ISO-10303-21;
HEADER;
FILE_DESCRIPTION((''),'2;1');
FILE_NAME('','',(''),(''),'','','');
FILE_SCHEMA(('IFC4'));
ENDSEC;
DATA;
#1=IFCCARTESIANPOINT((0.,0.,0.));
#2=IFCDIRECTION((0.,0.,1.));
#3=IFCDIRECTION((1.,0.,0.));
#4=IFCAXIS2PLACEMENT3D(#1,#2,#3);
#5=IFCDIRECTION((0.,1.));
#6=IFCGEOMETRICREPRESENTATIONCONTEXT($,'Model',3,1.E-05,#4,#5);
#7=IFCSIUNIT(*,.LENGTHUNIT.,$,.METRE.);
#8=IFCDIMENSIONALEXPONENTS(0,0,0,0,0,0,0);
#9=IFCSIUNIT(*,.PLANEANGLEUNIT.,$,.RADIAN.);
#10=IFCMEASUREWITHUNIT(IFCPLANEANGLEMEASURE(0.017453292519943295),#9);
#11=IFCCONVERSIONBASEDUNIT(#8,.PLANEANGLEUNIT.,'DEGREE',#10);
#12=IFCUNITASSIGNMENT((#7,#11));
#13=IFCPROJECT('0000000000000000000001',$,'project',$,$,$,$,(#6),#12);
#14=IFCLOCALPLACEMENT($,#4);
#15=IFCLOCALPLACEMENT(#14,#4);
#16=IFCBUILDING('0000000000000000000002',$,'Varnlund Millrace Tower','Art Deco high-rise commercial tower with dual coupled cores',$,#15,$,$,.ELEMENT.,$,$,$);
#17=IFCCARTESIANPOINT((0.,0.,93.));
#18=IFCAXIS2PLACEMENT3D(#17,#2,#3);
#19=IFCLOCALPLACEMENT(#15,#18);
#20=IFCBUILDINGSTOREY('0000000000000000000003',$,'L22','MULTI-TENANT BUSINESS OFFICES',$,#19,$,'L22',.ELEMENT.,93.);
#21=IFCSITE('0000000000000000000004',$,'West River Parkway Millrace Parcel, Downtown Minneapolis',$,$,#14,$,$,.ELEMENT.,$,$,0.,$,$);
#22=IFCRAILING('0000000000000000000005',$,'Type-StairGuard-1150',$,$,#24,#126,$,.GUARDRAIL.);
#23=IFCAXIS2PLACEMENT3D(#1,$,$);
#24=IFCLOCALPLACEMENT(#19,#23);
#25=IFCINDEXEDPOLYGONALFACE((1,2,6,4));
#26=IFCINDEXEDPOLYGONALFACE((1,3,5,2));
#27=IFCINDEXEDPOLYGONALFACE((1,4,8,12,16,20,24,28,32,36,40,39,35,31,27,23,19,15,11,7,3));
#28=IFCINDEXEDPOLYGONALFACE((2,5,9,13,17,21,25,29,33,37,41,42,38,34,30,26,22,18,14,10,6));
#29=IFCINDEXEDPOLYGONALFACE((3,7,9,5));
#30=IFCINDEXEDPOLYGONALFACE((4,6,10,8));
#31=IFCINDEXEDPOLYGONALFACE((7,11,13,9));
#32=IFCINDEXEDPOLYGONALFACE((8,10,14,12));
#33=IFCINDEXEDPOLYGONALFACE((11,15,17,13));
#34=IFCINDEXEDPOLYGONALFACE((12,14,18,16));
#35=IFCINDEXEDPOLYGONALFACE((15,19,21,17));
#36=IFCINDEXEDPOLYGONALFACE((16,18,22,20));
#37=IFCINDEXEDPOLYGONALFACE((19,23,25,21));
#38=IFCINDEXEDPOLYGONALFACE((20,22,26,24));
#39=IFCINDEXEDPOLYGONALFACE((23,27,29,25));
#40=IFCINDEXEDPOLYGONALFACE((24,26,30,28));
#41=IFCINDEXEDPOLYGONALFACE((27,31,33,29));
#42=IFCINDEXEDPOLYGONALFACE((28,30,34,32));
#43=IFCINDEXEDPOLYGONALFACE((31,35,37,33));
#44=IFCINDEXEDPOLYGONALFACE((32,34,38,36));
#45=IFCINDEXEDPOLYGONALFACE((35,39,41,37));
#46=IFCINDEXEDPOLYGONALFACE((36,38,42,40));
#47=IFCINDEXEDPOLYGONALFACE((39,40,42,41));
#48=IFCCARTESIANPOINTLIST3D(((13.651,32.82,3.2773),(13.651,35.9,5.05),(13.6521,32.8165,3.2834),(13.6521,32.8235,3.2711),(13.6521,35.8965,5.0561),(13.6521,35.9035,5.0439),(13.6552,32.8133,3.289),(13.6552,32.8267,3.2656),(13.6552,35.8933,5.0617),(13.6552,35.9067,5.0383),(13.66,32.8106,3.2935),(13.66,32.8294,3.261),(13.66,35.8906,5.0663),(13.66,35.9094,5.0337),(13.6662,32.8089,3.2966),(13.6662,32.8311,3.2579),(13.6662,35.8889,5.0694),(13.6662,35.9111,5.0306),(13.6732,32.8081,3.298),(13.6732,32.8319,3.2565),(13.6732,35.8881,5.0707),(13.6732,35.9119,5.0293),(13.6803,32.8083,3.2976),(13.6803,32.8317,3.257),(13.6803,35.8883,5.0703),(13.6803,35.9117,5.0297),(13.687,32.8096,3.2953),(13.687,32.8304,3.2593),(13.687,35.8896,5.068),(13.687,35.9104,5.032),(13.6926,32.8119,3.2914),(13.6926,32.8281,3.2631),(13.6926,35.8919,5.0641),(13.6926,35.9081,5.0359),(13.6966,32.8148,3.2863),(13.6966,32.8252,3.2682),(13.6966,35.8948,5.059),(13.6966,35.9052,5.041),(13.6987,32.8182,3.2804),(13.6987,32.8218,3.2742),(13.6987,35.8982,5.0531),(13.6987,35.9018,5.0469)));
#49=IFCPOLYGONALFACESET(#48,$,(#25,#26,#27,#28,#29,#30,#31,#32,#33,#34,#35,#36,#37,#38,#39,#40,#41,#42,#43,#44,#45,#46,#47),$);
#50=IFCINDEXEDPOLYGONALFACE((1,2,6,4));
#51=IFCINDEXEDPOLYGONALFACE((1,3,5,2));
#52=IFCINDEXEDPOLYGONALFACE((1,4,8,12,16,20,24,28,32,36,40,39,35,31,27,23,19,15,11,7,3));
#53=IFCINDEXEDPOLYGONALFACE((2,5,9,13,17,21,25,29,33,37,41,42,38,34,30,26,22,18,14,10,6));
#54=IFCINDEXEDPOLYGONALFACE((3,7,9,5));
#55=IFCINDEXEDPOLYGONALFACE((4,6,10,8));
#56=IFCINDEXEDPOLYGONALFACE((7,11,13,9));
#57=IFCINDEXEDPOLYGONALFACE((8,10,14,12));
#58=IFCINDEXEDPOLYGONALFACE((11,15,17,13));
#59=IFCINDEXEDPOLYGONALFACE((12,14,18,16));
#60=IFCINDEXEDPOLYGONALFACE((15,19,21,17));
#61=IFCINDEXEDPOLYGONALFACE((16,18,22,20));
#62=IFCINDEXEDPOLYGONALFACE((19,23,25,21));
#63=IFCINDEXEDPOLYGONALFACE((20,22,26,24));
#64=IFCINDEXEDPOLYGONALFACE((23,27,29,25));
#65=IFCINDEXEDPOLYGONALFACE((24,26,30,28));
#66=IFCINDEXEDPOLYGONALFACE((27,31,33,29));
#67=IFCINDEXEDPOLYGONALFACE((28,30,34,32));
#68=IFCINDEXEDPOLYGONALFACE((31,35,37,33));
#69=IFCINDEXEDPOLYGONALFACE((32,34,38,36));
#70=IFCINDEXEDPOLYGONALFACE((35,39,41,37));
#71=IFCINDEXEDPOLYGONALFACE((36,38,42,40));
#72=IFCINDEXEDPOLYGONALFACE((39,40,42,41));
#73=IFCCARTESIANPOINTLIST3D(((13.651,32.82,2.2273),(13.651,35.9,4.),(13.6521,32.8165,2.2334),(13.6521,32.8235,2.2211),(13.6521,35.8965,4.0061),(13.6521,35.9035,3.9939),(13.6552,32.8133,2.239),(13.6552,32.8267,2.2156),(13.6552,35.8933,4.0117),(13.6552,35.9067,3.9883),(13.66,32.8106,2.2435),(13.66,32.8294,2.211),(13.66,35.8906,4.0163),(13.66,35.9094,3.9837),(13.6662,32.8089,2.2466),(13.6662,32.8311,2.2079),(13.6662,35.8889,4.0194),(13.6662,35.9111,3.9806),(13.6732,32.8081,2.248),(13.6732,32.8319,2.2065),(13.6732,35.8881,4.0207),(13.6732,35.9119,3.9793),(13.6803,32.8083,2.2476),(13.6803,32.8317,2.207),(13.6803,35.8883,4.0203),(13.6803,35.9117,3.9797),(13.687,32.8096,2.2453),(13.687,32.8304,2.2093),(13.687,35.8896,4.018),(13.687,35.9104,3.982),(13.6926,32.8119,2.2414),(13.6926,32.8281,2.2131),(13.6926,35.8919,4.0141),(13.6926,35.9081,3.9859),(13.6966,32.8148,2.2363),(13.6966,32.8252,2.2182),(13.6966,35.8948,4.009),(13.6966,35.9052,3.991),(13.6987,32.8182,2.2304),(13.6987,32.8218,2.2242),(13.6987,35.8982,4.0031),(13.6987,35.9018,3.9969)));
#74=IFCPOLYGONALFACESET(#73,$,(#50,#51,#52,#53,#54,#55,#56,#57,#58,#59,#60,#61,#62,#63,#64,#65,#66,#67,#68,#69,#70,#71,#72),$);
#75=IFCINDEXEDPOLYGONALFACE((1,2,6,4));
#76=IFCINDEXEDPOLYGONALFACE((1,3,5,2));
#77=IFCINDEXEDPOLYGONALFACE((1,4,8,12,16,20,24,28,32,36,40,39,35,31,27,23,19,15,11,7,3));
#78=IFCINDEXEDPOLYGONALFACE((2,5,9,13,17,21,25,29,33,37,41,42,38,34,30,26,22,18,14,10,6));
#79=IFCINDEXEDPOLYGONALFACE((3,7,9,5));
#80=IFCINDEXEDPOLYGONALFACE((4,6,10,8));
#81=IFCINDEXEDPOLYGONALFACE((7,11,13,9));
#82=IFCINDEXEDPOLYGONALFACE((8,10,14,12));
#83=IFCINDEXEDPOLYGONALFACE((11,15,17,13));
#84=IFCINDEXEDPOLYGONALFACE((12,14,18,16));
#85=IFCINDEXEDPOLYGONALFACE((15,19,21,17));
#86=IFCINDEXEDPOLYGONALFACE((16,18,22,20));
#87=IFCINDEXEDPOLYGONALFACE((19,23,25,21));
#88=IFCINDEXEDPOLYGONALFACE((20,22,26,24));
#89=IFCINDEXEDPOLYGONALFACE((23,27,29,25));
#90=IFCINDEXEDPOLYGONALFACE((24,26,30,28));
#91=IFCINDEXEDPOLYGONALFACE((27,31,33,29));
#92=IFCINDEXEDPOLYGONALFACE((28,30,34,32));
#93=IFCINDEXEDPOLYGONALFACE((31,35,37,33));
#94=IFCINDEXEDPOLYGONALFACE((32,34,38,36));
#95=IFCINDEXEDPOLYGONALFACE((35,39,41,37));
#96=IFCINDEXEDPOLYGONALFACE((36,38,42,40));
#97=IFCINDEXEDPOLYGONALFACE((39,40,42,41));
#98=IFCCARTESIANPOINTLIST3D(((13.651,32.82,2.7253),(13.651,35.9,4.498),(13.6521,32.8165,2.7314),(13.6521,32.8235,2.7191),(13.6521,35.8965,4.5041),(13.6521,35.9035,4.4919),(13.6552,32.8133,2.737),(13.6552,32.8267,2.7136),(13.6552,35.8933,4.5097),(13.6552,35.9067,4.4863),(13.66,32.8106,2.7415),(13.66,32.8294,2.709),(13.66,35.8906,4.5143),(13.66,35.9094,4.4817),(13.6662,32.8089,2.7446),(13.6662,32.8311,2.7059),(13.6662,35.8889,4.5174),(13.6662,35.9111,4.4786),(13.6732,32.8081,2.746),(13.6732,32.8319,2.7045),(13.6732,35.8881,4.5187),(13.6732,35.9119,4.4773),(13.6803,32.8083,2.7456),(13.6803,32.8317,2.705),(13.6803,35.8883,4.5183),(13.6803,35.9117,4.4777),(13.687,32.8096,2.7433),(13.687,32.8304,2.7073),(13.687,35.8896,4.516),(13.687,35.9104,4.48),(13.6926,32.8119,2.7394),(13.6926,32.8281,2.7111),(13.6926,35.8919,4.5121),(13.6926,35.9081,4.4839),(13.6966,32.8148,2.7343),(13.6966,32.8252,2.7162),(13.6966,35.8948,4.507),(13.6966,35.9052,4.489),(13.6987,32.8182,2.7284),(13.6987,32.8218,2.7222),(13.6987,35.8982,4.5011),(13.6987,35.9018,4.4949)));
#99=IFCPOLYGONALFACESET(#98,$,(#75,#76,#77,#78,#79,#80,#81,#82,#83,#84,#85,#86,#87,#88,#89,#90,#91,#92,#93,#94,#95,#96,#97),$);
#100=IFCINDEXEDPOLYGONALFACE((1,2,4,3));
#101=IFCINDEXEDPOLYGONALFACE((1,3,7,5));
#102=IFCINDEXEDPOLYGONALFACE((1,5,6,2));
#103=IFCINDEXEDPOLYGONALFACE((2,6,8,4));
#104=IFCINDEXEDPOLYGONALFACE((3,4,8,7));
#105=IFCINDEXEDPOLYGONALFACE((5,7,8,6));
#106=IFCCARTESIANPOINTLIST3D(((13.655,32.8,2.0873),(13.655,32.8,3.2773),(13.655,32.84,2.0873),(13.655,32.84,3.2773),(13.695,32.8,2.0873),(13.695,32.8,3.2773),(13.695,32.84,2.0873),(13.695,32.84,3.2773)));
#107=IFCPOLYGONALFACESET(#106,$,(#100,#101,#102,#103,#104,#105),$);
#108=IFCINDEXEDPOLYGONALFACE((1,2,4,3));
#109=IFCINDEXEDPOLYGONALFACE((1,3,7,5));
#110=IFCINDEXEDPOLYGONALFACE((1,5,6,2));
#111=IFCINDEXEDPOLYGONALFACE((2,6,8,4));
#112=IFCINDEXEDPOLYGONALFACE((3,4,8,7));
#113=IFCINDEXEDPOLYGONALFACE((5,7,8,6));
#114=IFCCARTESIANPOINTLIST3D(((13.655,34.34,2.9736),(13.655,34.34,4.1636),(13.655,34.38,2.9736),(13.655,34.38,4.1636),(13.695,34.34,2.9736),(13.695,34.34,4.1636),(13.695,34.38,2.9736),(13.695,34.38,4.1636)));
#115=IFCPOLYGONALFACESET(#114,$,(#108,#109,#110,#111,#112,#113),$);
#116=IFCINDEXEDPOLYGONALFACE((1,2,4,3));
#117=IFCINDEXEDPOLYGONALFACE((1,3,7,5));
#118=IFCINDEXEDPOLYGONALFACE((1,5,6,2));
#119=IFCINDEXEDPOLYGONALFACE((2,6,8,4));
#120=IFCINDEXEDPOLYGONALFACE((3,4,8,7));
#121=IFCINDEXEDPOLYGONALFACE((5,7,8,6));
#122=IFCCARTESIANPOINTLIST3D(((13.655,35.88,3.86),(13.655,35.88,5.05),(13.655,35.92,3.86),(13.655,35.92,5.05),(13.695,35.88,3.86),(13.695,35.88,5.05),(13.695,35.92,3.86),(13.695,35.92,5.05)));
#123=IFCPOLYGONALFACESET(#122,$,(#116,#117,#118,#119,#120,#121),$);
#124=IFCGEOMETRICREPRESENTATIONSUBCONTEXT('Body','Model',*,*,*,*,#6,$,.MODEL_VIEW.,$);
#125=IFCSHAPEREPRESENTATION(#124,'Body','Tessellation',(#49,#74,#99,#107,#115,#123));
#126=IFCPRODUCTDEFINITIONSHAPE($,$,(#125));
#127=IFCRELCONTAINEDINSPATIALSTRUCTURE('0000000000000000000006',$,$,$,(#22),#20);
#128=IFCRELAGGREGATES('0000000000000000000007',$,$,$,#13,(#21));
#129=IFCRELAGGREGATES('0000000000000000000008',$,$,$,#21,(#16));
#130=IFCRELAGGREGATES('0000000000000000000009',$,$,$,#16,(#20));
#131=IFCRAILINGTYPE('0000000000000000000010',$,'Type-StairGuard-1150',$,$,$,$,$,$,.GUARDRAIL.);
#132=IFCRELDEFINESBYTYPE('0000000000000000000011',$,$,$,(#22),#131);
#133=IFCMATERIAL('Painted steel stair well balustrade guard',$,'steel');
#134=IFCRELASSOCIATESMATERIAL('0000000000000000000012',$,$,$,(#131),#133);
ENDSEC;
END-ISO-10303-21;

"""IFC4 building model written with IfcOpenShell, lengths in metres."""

from ifc_helpers import new_model, entity, si_unit, converted_unit, direction, frame, origin_with_axes, origin_2d_with_axis, place, context, subcontext, project, spatial, rectangle, circle, extrude, material, type_object, element, save


model = new_model("IFC4")

# Units and contexts
model_context = context("Model", 3, precision=1e-05, world=origin_with_axes(), true_north=direction((0.0, 1.0)))
body_context = subcontext(model_context, "Body", "Model", "MODEL_VIEW")
ifc_project = project(units=[si_unit("LENGTHUNIT", "METRE"), converted_unit("PLANEANGLEUNIT", "DEGREE", entity("IfcPlaneAngleMeasure", 0.017453292519943295), si_unit("PLANEANGLEUNIT", "RADIAN"), dimensions=[0, 0, 0, 0, 0, 0, 0])], contexts=[model_context])

# Site, building, storey
site_placement = place(None, origin_with_axes())
site = spatial("IfcSite", under=ifc_project, at=site_placement, Name="West River Parkway Millrace Parcel, Downtown Minneapolis", CompositionType="ELEMENT", RefElevation=0.0)
building_placement = place(site_placement, origin_with_axes())
building = spatial("IfcBuilding", under=site, at=building_placement, Name="Varnlund Millrace Tower", Description="Art Deco high-rise commercial tower with dual coupled cores", CompositionType="ELEMENT")
storey_placement = place(building_placement, frame((0.0, 0.0, 93.0), z_axis=(0.0, 0.0, 1.0), x_axis=(1.0, 0.0, 0.0)))
storey = spatial("IfcBuildingStorey", under=building, at=storey_placement, Name="L22", Description="MULTI-TENANT BUSINESS OFFICES", LongName="L22", CompositionType="ELEMENT", Elevation=93.0)

# Railing
ifc_material_1 = material(Name="Painted steel stair well balustrade guard", Category="steel")
railing_type_1 = type_object("IfcRailingType", Name="Type-StairGuard-1150", PredefinedType="GUARDRAIL", material=ifc_material_1)
railing_1_placement = place(storey_placement, frame((0.0, 0.0, -93.0), z_axis=(0.0, 0.0, 1.0), x_axis=(1.0, 0.0, 0.0)))
element("IfcRailing", 1, at=railing_1_placement, inside=storey, type_object=railing_type_1, Name="Type-StairGuard-1150", PredefinedType="GUARDRAIL", context=body_context, shape_type="SweptSolid", body=[
    extrude(circle(Radius=0.024, at=origin_2d_with_axis()), frame((13.675, 32.82, 96.2773), z_axis=(0.0, 0.866696, 0.498836), x_axis=(-1.0, 0.0, 0.0)), (0.0, 0.0, 1.0), 3.5537),
    extrude(circle(Radius=0.024, at=origin_2d_with_axis()), frame((13.675, 32.82, 95.2273), z_axis=(0.0, 0.866696, 0.498836), x_axis=(-1.0, 0.0, 0.0)), (0.0, 0.0, 1.0), 3.5537),
    extrude(circle(Radius=0.024, at=origin_2d_with_axis()), frame((13.675, 32.82, 95.7253), z_axis=(0.0, 0.866696, 0.498836), x_axis=(-1.0, 0.0, 0.0)), (0.0, 0.0, 1.0), 3.5537),
    extrude(rectangle(XDim=0.04, YDim=0.04, at=origin_2d_with_axis()), frame((13.675, 32.82, 95.0873), z_axis=(0.0, 0.0, 1.0), x_axis=(1.0, 0.0, 0.0)), (0.0, 0.0, 1.0), 1.19),
    extrude(rectangle(XDim=0.04, YDim=0.04, at=origin_2d_with_axis()), frame((13.675, 34.36, 95.9736), z_axis=(0.0, 0.0, 1.0), x_axis=(1.0, 0.0, 0.0)), (0.0, 0.0, 1.0), 1.19),
    extrude(rectangle(XDim=0.04, YDim=0.04, at=origin_2d_with_axis()), frame((13.675, 35.9, 96.86), z_axis=(0.0, 0.0, 1.0), x_axis=(1.0, 0.0, 0.0)), (0.0, 0.0, 1.0), 1.19),
])

save(model, "model.ifc")
